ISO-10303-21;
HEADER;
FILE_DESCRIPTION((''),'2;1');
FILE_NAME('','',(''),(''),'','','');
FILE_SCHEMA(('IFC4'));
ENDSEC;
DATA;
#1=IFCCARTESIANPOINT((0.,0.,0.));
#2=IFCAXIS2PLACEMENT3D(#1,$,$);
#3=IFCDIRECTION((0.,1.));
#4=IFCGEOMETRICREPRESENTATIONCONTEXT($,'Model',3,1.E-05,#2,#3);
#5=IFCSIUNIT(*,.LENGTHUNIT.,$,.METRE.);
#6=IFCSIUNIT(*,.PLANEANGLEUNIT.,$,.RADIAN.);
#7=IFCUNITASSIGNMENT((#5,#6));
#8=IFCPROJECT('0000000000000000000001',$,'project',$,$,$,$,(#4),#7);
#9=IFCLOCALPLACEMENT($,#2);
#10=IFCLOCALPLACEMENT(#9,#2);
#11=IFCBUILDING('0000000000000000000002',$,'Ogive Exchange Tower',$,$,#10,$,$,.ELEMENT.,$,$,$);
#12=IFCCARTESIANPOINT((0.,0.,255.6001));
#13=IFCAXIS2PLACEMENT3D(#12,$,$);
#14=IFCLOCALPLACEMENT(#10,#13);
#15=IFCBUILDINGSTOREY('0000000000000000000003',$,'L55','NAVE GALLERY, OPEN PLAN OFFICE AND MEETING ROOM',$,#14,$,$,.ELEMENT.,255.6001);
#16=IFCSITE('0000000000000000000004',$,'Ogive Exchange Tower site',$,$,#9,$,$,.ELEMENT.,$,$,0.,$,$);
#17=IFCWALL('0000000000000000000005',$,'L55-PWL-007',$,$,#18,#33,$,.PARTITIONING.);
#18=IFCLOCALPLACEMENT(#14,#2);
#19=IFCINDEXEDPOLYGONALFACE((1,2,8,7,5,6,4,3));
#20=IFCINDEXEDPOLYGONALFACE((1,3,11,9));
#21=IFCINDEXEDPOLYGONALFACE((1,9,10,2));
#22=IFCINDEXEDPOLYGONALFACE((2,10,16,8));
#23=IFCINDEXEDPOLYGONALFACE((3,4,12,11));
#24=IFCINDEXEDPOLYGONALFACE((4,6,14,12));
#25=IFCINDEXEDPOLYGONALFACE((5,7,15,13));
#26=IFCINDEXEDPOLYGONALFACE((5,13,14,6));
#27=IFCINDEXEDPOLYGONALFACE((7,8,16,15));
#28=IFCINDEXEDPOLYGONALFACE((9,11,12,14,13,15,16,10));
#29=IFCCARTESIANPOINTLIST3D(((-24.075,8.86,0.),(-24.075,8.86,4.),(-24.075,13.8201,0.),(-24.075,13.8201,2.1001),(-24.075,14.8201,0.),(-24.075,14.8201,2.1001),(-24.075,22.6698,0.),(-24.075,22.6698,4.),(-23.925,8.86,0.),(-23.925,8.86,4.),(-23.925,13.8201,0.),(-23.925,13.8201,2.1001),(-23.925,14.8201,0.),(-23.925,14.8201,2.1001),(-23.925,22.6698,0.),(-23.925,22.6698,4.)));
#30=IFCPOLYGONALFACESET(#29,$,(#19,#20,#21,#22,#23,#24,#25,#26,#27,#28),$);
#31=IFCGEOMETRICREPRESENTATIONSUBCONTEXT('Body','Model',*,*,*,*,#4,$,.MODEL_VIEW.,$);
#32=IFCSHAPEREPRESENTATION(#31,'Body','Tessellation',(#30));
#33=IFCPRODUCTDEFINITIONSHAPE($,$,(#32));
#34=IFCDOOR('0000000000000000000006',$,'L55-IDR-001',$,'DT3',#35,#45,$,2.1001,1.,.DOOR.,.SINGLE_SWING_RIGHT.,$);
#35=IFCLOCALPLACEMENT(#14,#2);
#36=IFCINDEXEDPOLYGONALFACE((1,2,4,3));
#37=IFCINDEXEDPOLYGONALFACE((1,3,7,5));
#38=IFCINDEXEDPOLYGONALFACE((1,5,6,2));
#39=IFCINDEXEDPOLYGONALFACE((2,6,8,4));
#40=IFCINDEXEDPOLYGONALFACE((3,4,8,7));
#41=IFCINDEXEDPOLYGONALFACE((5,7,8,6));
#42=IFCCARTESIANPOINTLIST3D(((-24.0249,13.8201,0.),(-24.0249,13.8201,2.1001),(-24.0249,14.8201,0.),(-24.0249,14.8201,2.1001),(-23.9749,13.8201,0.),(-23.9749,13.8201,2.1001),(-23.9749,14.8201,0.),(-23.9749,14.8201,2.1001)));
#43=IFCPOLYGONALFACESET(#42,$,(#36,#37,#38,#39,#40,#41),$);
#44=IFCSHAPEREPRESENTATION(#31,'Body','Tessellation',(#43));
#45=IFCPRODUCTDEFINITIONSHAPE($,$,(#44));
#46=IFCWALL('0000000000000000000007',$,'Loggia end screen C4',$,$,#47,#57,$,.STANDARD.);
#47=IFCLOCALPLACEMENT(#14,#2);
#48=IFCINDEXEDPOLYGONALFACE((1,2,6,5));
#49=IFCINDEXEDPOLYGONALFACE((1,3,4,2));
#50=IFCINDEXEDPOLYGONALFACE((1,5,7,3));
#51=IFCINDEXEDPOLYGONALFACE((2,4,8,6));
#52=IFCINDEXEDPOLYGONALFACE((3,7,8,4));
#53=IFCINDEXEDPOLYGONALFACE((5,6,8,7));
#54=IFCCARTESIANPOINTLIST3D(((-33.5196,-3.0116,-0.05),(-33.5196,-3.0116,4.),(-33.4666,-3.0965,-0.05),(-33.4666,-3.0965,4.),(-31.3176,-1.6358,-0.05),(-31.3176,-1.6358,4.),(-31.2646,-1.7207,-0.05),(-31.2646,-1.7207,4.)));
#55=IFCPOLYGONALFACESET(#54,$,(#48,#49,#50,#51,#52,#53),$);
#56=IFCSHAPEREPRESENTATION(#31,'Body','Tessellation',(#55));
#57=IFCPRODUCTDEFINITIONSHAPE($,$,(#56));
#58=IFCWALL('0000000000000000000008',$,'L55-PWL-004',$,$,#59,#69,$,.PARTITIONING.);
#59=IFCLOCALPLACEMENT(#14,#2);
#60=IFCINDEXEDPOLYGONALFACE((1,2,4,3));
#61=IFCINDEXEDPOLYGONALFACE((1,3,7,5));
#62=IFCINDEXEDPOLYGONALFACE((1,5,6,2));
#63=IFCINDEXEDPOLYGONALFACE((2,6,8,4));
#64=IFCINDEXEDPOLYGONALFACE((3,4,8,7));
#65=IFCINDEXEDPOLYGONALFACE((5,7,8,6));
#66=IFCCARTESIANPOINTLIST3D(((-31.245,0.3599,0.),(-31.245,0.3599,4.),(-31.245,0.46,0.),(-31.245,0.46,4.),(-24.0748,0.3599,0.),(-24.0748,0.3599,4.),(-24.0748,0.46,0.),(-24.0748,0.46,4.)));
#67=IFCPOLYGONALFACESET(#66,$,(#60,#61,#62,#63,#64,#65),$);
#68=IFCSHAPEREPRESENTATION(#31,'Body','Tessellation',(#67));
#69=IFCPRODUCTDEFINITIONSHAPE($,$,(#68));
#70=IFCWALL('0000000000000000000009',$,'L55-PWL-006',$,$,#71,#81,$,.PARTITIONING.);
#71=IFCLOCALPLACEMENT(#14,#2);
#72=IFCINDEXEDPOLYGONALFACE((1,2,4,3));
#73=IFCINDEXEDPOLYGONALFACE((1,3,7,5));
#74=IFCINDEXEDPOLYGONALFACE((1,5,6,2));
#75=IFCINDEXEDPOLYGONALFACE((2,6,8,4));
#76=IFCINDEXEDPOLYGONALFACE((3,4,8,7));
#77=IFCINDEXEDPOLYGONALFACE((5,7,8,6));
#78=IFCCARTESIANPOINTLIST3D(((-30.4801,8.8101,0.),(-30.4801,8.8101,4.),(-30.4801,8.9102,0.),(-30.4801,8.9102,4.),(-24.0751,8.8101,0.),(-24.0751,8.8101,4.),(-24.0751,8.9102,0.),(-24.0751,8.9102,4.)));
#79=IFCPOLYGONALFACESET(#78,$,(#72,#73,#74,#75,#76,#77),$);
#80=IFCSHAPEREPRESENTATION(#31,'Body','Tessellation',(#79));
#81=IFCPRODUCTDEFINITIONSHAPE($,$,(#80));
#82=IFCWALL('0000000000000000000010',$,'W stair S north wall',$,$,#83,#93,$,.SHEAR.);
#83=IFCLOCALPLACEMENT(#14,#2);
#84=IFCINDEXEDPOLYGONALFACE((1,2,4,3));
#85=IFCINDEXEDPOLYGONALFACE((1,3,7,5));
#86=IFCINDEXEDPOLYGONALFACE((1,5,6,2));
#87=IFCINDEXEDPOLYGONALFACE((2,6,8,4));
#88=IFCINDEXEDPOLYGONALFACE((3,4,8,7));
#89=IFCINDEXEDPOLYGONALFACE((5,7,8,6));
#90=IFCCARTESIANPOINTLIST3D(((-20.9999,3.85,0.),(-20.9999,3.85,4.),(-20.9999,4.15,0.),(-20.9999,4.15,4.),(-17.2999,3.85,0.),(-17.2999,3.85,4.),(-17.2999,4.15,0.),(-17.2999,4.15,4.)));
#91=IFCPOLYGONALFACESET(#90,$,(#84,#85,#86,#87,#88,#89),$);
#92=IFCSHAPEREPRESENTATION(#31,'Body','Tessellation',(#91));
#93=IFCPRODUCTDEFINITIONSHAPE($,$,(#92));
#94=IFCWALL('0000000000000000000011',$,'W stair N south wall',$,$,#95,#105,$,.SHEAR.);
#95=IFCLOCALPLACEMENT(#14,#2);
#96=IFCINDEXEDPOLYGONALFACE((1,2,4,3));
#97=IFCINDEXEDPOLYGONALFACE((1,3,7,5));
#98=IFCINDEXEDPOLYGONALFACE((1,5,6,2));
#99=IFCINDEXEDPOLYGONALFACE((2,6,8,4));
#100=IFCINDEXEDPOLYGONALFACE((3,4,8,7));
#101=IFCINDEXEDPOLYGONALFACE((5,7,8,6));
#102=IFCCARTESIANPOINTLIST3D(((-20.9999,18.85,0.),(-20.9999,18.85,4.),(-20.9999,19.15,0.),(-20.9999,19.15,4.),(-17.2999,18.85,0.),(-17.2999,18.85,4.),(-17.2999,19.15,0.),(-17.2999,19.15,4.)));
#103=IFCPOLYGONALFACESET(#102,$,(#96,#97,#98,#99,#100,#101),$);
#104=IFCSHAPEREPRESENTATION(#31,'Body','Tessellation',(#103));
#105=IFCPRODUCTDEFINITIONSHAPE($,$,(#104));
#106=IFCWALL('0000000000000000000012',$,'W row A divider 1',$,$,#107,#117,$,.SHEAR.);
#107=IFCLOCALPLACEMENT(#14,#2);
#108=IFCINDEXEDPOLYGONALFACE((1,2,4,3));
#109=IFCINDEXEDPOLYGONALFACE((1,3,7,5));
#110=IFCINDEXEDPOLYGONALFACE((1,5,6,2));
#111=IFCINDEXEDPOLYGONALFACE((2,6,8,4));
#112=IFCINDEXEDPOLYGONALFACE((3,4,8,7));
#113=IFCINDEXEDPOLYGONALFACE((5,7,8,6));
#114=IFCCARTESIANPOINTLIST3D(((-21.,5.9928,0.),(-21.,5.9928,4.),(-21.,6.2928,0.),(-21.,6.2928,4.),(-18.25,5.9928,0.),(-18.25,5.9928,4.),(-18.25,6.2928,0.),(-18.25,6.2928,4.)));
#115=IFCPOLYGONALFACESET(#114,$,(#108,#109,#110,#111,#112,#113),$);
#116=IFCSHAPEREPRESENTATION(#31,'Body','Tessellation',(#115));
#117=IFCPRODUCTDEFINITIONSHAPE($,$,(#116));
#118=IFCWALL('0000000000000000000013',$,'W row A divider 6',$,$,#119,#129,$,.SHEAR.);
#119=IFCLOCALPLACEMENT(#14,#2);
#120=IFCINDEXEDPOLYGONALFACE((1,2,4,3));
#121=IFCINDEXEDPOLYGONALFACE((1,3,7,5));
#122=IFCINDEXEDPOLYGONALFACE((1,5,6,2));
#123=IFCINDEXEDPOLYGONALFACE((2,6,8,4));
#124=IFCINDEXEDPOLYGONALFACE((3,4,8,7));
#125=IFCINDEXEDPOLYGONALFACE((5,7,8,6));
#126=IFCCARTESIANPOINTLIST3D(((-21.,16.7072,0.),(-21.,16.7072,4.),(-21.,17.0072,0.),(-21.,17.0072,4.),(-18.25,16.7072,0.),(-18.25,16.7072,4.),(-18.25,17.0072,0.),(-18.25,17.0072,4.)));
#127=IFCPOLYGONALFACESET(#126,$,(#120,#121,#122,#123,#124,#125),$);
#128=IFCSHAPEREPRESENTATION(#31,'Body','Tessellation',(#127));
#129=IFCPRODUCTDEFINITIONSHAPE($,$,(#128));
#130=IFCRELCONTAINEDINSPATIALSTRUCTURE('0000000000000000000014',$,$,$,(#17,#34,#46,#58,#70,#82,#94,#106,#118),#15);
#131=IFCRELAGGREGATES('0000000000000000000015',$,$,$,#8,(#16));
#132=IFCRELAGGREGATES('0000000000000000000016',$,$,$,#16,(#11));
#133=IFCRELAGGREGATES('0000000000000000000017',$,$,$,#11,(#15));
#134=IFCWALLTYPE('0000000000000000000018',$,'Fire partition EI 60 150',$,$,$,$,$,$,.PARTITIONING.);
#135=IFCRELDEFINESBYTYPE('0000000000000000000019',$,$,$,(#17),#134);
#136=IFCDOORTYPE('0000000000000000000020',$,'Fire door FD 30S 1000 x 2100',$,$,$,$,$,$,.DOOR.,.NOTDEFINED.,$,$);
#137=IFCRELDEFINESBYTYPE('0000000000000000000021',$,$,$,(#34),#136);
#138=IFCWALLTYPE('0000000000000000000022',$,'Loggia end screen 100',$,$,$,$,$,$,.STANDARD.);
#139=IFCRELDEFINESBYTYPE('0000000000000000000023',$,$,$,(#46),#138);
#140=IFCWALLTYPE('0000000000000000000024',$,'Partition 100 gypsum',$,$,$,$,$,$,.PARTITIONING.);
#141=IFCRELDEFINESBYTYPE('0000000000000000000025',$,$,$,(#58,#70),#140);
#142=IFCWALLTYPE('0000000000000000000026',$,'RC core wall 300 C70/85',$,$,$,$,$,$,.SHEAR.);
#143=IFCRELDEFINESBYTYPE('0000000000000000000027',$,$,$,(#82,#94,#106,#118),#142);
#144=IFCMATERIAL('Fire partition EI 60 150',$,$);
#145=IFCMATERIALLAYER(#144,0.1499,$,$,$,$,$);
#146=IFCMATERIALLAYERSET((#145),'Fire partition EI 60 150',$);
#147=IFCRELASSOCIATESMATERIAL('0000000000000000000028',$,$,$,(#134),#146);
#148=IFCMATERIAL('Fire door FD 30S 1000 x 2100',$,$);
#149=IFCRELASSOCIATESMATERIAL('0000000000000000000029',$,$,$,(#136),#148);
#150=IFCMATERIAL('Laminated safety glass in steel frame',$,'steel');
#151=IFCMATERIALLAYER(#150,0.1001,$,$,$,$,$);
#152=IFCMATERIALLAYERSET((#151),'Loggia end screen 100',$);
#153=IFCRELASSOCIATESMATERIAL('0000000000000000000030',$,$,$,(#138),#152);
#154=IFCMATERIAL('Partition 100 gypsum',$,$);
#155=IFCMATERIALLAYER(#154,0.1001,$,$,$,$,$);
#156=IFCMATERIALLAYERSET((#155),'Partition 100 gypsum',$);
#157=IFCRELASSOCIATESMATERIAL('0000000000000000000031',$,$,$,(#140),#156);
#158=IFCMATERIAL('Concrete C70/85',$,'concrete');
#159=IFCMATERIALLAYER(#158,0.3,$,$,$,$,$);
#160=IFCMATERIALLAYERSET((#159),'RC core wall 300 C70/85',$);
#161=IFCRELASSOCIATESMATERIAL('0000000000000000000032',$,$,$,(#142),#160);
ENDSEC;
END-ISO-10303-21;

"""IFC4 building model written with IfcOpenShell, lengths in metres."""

from ifc_helpers import new_model, si_unit, direction, frame, frame_2d, origin, place, context, subcontext, project, spatial, rectangle, extrude, material, layer, layer_set, type_object, element, fill, save


model = new_model("IFC4")

# Units and contexts
model_context = context("Model", 3, precision=1e-05, world=origin(), true_north=direction((0.0, 1.0)))
body_context = subcontext(model_context, "Body", "Model", "MODEL_VIEW")
ifc_project = project(units=[si_unit("LENGTHUNIT", "METRE"), si_unit("PLANEANGLEUNIT", "RADIAN")], contexts=[model_context])

# Site, building, storey
site_placement = place(None, origin())
site = spatial("IfcSite", under=ifc_project, at=site_placement, Name="Ogive Exchange Tower site", CompositionType="ELEMENT", RefElevation=0.0)
building_placement = place(site_placement, origin())
building = spatial("IfcBuilding", under=site, at=building_placement, Name="Ogive Exchange Tower", CompositionType="ELEMENT")
storey_placement = place(building_placement, frame((0.0, 0.0, 255.6001)))
storey = spatial("IfcBuildingStorey", under=building, at=storey_placement, Name="L55", Description="NAVE GALLERY, OPEN PLAN OFFICE AND MEETING ROOM", CompositionType="ELEMENT", Elevation=255.6001)

# Wall, opening, door
ifc_material_1 = material(Name="Fire partition EI 60 150")
ifc_layer_1 = layer(ifc_material_1, 0.1499)
ifc_layer_set_1 = layer_set([ifc_layer_1], Name="Fire partition EI 60 150")
wall_type_1 = type_object("IfcWallType", Name="Fire partition EI 60 150", PredefinedType="PARTITIONING", material=ifc_layer_set_1)
ifc_material_2 = material(Name="Fire door FD 30S 1000 x 2100")
door_type = type_object("IfcDoorType", Name="Fire door FD 30S 1000 x 2100", OperationType="NOTDEFINED", PredefinedType="DOOR", material=ifc_material_2)
wall_1_placement = place(storey_placement, frame((-24.0, 8.8601, 0.0), z_axis=(0.0, 0.0, 1.0), x_axis=(0.0, 1.0, 0.0)))
wall_1 = element("IfcWall", 1, at=wall_1_placement, inside=storey, type_object=wall_type_1, Name="L55-PWL-007", PredefinedType="PARTITIONING", context=body_context, shape_type="SweptSolid", body=[
    extrude(rectangle(XDim=13.8098, YDim=0.1499, at=frame_2d((6.9048, 0.0))), origin(), (0.0, 0.0, 1.0), 4.0),
])
opening_1_placement = place(wall_1_placement, frame((4.96, 0.0, 0.0)))
opening_1 = element("IfcOpeningElement", 2, at=opening_1_placement, cuts=wall_1, PredefinedType="OPENING", context=body_context, shape_type="SweptSolid", body=[
    extrude(rectangle(XDim=1.0, YDim=2.1001, at=frame_2d((0.5, 1.05))), frame((0.0, 0.085, 0.0), z_axis=(0.0, -1.0, 0.0), x_axis=(1.0, 0.0, 0.0)), (0.0, 0.0, 1.0), 0.1699),
])
door_1_placement = place(opening_1_placement, origin())
door_1 = element("IfcDoor", 3, at=door_1_placement, inside=storey, type_object=door_type, Name="L55-IDR-001", ObjectType="DT3", OperationType="SINGLE_SWING_RIGHT", OverallHeight=2.1001, OverallWidth=1.0, PredefinedType="DOOR", context=body_context, shape_type="SweptSolid", body=[
    extrude(rectangle(XDim=1.0, YDim=2.1001, at=frame_2d((0.5, 1.05))), frame((0.0, 0.0249, 0.0), z_axis=(0.0, -1.0, 0.0), x_axis=(1.0, 0.0, 0.0)), (0.0, 0.0, 1.0), 0.05),
])
fill(opening_1, door_1)

# Walls
ifc_material_3 = material(Name="Laminated safety glass in steel frame", Category="steel")
ifc_layer_2 = layer(ifc_material_3, 0.1001)
ifc_layer_set_2 = layer_set([ifc_layer_2], Name="Loggia end screen 100")
wall_type_2 = type_object("IfcWallType", Name="Loggia end screen 100", PredefinedType="STANDARD", material=ifc_layer_set_2)
wall_2_placement = place(storey_placement, frame((-31.291, -1.6782, -0.05), z_axis=(0.0, 0.0, 1.0), x_axis=(-0.848078, -0.529872, 0.0)))
element("IfcWall", 4, at=wall_2_placement, inside=storey, type_object=wall_type_2, Name="Loggia end screen C4", PredefinedType="STANDARD", context=body_context, shape_type="SweptSolid", body=[
    extrude(rectangle(XDim=2.5964, YDim=0.1001, at=frame_2d((1.2983, 0.0))), origin(), (0.0, 0.0, 1.0), 4.05),
])
ifc_material_4 = material(Name="Partition 100 gypsum")
ifc_layer_3 = layer(ifc_material_4, 0.1001)
ifc_layer_set_3 = layer_set([ifc_layer_3], Name="Partition 100 gypsum")
wall_type_3 = type_object("IfcWallType", Name="Partition 100 gypsum", PredefinedType="PARTITIONING", material=ifc_layer_set_3)
wall_3_placement = place(storey_placement, frame((-24.075, 0.4099, 0.0), z_axis=(0.0, 0.0, 1.0), x_axis=(-1.0, 0.0, 0.0)))
element("IfcWall", 5, at=wall_3_placement, inside=storey, type_object=wall_type_3, Name="L55-PWL-004", PredefinedType="PARTITIONING", context=body_context, shape_type="SweptSolid", body=[
    extrude(rectangle(XDim=7.1702, YDim=0.1001, at=frame_2d((3.585, 0.0))), origin(), (0.0, 0.0, 1.0), 4.0),
])
wall_4_placement = place(storey_placement, frame((-24.075, 8.8601, 0.0), z_axis=(0.0, 0.0, 1.0), x_axis=(-1.0, 0.0, 0.0)))
element("IfcWall", 6, at=wall_4_placement, inside=storey, type_object=wall_type_3, Name="L55-PWL-006", PredefinedType="PARTITIONING", context=body_context, shape_type="SweptSolid", body=[
    extrude(rectangle(XDim=6.405, YDim=0.1001, at=frame_2d((3.2026, 0.0))), origin(), (0.0, 0.0, 1.0), 4.0),
])
ifc_material_5 = material(Name="Concrete C70/85", Category="concrete")
ifc_layer_4 = layer(ifc_material_5, 0.3)
ifc_layer_set_4 = layer_set([ifc_layer_4], Name="RC core wall 300 C70/85")
wall_type_4 = type_object("IfcWallType", Name="RC core wall 300 C70/85", PredefinedType="SHEAR", material=ifc_layer_set_4)
for number, where, z_axis, x_axis, name in (
    (7, (-21.0, 4.0, 0.0), (0.0, 0.0, 1.0), (1.0, 0.0, 0.0), "W stair S north wall"),
    (8, (-21.0, 19.0, 0.0), (0.0, 0.0, 1.0), (1.0, 0.0, 0.0), "W stair N south wall"),
):
    element("IfcWall", number, at=place(storey_placement, frame(where, z_axis=z_axis, x_axis=x_axis)), inside=storey, type_object=wall_type_4, Name=name, PredefinedType="SHEAR", context=body_context, shape_type="SweptSolid", body=[
        extrude(rectangle(XDim=3.7, YDim=0.3, at=frame_2d((1.8501, 0.0))), origin(), (0.0, 0.0, 1.0), 4.0),
    ])
for number, where, z_axis, x_axis, name in (
    (9, (-21.0, 6.1428, 0.0), (0.0, 0.0, 1.0), (1.0, 0.0, 0.0), "W row A divider 1"),
    (10, (-21.0, 16.8572, 0.0), (0.0, 0.0, 1.0), (1.0, 0.0, 0.0), "W row A divider 6"),
):
    element("IfcWall", number, at=place(storey_placement, frame(where, z_axis=z_axis, x_axis=x_axis)), inside=storey, type_object=wall_type_4, Name=name, PredefinedType="SHEAR", context=body_context, shape_type="SweptSolid", body=[
        extrude(rectangle(XDim=2.75, YDim=0.3, at=frame_2d((1.375, 0.0))), origin(), (0.0, 0.0, 1.0), 4.0),
    ])

save(model, "model.ifc")
